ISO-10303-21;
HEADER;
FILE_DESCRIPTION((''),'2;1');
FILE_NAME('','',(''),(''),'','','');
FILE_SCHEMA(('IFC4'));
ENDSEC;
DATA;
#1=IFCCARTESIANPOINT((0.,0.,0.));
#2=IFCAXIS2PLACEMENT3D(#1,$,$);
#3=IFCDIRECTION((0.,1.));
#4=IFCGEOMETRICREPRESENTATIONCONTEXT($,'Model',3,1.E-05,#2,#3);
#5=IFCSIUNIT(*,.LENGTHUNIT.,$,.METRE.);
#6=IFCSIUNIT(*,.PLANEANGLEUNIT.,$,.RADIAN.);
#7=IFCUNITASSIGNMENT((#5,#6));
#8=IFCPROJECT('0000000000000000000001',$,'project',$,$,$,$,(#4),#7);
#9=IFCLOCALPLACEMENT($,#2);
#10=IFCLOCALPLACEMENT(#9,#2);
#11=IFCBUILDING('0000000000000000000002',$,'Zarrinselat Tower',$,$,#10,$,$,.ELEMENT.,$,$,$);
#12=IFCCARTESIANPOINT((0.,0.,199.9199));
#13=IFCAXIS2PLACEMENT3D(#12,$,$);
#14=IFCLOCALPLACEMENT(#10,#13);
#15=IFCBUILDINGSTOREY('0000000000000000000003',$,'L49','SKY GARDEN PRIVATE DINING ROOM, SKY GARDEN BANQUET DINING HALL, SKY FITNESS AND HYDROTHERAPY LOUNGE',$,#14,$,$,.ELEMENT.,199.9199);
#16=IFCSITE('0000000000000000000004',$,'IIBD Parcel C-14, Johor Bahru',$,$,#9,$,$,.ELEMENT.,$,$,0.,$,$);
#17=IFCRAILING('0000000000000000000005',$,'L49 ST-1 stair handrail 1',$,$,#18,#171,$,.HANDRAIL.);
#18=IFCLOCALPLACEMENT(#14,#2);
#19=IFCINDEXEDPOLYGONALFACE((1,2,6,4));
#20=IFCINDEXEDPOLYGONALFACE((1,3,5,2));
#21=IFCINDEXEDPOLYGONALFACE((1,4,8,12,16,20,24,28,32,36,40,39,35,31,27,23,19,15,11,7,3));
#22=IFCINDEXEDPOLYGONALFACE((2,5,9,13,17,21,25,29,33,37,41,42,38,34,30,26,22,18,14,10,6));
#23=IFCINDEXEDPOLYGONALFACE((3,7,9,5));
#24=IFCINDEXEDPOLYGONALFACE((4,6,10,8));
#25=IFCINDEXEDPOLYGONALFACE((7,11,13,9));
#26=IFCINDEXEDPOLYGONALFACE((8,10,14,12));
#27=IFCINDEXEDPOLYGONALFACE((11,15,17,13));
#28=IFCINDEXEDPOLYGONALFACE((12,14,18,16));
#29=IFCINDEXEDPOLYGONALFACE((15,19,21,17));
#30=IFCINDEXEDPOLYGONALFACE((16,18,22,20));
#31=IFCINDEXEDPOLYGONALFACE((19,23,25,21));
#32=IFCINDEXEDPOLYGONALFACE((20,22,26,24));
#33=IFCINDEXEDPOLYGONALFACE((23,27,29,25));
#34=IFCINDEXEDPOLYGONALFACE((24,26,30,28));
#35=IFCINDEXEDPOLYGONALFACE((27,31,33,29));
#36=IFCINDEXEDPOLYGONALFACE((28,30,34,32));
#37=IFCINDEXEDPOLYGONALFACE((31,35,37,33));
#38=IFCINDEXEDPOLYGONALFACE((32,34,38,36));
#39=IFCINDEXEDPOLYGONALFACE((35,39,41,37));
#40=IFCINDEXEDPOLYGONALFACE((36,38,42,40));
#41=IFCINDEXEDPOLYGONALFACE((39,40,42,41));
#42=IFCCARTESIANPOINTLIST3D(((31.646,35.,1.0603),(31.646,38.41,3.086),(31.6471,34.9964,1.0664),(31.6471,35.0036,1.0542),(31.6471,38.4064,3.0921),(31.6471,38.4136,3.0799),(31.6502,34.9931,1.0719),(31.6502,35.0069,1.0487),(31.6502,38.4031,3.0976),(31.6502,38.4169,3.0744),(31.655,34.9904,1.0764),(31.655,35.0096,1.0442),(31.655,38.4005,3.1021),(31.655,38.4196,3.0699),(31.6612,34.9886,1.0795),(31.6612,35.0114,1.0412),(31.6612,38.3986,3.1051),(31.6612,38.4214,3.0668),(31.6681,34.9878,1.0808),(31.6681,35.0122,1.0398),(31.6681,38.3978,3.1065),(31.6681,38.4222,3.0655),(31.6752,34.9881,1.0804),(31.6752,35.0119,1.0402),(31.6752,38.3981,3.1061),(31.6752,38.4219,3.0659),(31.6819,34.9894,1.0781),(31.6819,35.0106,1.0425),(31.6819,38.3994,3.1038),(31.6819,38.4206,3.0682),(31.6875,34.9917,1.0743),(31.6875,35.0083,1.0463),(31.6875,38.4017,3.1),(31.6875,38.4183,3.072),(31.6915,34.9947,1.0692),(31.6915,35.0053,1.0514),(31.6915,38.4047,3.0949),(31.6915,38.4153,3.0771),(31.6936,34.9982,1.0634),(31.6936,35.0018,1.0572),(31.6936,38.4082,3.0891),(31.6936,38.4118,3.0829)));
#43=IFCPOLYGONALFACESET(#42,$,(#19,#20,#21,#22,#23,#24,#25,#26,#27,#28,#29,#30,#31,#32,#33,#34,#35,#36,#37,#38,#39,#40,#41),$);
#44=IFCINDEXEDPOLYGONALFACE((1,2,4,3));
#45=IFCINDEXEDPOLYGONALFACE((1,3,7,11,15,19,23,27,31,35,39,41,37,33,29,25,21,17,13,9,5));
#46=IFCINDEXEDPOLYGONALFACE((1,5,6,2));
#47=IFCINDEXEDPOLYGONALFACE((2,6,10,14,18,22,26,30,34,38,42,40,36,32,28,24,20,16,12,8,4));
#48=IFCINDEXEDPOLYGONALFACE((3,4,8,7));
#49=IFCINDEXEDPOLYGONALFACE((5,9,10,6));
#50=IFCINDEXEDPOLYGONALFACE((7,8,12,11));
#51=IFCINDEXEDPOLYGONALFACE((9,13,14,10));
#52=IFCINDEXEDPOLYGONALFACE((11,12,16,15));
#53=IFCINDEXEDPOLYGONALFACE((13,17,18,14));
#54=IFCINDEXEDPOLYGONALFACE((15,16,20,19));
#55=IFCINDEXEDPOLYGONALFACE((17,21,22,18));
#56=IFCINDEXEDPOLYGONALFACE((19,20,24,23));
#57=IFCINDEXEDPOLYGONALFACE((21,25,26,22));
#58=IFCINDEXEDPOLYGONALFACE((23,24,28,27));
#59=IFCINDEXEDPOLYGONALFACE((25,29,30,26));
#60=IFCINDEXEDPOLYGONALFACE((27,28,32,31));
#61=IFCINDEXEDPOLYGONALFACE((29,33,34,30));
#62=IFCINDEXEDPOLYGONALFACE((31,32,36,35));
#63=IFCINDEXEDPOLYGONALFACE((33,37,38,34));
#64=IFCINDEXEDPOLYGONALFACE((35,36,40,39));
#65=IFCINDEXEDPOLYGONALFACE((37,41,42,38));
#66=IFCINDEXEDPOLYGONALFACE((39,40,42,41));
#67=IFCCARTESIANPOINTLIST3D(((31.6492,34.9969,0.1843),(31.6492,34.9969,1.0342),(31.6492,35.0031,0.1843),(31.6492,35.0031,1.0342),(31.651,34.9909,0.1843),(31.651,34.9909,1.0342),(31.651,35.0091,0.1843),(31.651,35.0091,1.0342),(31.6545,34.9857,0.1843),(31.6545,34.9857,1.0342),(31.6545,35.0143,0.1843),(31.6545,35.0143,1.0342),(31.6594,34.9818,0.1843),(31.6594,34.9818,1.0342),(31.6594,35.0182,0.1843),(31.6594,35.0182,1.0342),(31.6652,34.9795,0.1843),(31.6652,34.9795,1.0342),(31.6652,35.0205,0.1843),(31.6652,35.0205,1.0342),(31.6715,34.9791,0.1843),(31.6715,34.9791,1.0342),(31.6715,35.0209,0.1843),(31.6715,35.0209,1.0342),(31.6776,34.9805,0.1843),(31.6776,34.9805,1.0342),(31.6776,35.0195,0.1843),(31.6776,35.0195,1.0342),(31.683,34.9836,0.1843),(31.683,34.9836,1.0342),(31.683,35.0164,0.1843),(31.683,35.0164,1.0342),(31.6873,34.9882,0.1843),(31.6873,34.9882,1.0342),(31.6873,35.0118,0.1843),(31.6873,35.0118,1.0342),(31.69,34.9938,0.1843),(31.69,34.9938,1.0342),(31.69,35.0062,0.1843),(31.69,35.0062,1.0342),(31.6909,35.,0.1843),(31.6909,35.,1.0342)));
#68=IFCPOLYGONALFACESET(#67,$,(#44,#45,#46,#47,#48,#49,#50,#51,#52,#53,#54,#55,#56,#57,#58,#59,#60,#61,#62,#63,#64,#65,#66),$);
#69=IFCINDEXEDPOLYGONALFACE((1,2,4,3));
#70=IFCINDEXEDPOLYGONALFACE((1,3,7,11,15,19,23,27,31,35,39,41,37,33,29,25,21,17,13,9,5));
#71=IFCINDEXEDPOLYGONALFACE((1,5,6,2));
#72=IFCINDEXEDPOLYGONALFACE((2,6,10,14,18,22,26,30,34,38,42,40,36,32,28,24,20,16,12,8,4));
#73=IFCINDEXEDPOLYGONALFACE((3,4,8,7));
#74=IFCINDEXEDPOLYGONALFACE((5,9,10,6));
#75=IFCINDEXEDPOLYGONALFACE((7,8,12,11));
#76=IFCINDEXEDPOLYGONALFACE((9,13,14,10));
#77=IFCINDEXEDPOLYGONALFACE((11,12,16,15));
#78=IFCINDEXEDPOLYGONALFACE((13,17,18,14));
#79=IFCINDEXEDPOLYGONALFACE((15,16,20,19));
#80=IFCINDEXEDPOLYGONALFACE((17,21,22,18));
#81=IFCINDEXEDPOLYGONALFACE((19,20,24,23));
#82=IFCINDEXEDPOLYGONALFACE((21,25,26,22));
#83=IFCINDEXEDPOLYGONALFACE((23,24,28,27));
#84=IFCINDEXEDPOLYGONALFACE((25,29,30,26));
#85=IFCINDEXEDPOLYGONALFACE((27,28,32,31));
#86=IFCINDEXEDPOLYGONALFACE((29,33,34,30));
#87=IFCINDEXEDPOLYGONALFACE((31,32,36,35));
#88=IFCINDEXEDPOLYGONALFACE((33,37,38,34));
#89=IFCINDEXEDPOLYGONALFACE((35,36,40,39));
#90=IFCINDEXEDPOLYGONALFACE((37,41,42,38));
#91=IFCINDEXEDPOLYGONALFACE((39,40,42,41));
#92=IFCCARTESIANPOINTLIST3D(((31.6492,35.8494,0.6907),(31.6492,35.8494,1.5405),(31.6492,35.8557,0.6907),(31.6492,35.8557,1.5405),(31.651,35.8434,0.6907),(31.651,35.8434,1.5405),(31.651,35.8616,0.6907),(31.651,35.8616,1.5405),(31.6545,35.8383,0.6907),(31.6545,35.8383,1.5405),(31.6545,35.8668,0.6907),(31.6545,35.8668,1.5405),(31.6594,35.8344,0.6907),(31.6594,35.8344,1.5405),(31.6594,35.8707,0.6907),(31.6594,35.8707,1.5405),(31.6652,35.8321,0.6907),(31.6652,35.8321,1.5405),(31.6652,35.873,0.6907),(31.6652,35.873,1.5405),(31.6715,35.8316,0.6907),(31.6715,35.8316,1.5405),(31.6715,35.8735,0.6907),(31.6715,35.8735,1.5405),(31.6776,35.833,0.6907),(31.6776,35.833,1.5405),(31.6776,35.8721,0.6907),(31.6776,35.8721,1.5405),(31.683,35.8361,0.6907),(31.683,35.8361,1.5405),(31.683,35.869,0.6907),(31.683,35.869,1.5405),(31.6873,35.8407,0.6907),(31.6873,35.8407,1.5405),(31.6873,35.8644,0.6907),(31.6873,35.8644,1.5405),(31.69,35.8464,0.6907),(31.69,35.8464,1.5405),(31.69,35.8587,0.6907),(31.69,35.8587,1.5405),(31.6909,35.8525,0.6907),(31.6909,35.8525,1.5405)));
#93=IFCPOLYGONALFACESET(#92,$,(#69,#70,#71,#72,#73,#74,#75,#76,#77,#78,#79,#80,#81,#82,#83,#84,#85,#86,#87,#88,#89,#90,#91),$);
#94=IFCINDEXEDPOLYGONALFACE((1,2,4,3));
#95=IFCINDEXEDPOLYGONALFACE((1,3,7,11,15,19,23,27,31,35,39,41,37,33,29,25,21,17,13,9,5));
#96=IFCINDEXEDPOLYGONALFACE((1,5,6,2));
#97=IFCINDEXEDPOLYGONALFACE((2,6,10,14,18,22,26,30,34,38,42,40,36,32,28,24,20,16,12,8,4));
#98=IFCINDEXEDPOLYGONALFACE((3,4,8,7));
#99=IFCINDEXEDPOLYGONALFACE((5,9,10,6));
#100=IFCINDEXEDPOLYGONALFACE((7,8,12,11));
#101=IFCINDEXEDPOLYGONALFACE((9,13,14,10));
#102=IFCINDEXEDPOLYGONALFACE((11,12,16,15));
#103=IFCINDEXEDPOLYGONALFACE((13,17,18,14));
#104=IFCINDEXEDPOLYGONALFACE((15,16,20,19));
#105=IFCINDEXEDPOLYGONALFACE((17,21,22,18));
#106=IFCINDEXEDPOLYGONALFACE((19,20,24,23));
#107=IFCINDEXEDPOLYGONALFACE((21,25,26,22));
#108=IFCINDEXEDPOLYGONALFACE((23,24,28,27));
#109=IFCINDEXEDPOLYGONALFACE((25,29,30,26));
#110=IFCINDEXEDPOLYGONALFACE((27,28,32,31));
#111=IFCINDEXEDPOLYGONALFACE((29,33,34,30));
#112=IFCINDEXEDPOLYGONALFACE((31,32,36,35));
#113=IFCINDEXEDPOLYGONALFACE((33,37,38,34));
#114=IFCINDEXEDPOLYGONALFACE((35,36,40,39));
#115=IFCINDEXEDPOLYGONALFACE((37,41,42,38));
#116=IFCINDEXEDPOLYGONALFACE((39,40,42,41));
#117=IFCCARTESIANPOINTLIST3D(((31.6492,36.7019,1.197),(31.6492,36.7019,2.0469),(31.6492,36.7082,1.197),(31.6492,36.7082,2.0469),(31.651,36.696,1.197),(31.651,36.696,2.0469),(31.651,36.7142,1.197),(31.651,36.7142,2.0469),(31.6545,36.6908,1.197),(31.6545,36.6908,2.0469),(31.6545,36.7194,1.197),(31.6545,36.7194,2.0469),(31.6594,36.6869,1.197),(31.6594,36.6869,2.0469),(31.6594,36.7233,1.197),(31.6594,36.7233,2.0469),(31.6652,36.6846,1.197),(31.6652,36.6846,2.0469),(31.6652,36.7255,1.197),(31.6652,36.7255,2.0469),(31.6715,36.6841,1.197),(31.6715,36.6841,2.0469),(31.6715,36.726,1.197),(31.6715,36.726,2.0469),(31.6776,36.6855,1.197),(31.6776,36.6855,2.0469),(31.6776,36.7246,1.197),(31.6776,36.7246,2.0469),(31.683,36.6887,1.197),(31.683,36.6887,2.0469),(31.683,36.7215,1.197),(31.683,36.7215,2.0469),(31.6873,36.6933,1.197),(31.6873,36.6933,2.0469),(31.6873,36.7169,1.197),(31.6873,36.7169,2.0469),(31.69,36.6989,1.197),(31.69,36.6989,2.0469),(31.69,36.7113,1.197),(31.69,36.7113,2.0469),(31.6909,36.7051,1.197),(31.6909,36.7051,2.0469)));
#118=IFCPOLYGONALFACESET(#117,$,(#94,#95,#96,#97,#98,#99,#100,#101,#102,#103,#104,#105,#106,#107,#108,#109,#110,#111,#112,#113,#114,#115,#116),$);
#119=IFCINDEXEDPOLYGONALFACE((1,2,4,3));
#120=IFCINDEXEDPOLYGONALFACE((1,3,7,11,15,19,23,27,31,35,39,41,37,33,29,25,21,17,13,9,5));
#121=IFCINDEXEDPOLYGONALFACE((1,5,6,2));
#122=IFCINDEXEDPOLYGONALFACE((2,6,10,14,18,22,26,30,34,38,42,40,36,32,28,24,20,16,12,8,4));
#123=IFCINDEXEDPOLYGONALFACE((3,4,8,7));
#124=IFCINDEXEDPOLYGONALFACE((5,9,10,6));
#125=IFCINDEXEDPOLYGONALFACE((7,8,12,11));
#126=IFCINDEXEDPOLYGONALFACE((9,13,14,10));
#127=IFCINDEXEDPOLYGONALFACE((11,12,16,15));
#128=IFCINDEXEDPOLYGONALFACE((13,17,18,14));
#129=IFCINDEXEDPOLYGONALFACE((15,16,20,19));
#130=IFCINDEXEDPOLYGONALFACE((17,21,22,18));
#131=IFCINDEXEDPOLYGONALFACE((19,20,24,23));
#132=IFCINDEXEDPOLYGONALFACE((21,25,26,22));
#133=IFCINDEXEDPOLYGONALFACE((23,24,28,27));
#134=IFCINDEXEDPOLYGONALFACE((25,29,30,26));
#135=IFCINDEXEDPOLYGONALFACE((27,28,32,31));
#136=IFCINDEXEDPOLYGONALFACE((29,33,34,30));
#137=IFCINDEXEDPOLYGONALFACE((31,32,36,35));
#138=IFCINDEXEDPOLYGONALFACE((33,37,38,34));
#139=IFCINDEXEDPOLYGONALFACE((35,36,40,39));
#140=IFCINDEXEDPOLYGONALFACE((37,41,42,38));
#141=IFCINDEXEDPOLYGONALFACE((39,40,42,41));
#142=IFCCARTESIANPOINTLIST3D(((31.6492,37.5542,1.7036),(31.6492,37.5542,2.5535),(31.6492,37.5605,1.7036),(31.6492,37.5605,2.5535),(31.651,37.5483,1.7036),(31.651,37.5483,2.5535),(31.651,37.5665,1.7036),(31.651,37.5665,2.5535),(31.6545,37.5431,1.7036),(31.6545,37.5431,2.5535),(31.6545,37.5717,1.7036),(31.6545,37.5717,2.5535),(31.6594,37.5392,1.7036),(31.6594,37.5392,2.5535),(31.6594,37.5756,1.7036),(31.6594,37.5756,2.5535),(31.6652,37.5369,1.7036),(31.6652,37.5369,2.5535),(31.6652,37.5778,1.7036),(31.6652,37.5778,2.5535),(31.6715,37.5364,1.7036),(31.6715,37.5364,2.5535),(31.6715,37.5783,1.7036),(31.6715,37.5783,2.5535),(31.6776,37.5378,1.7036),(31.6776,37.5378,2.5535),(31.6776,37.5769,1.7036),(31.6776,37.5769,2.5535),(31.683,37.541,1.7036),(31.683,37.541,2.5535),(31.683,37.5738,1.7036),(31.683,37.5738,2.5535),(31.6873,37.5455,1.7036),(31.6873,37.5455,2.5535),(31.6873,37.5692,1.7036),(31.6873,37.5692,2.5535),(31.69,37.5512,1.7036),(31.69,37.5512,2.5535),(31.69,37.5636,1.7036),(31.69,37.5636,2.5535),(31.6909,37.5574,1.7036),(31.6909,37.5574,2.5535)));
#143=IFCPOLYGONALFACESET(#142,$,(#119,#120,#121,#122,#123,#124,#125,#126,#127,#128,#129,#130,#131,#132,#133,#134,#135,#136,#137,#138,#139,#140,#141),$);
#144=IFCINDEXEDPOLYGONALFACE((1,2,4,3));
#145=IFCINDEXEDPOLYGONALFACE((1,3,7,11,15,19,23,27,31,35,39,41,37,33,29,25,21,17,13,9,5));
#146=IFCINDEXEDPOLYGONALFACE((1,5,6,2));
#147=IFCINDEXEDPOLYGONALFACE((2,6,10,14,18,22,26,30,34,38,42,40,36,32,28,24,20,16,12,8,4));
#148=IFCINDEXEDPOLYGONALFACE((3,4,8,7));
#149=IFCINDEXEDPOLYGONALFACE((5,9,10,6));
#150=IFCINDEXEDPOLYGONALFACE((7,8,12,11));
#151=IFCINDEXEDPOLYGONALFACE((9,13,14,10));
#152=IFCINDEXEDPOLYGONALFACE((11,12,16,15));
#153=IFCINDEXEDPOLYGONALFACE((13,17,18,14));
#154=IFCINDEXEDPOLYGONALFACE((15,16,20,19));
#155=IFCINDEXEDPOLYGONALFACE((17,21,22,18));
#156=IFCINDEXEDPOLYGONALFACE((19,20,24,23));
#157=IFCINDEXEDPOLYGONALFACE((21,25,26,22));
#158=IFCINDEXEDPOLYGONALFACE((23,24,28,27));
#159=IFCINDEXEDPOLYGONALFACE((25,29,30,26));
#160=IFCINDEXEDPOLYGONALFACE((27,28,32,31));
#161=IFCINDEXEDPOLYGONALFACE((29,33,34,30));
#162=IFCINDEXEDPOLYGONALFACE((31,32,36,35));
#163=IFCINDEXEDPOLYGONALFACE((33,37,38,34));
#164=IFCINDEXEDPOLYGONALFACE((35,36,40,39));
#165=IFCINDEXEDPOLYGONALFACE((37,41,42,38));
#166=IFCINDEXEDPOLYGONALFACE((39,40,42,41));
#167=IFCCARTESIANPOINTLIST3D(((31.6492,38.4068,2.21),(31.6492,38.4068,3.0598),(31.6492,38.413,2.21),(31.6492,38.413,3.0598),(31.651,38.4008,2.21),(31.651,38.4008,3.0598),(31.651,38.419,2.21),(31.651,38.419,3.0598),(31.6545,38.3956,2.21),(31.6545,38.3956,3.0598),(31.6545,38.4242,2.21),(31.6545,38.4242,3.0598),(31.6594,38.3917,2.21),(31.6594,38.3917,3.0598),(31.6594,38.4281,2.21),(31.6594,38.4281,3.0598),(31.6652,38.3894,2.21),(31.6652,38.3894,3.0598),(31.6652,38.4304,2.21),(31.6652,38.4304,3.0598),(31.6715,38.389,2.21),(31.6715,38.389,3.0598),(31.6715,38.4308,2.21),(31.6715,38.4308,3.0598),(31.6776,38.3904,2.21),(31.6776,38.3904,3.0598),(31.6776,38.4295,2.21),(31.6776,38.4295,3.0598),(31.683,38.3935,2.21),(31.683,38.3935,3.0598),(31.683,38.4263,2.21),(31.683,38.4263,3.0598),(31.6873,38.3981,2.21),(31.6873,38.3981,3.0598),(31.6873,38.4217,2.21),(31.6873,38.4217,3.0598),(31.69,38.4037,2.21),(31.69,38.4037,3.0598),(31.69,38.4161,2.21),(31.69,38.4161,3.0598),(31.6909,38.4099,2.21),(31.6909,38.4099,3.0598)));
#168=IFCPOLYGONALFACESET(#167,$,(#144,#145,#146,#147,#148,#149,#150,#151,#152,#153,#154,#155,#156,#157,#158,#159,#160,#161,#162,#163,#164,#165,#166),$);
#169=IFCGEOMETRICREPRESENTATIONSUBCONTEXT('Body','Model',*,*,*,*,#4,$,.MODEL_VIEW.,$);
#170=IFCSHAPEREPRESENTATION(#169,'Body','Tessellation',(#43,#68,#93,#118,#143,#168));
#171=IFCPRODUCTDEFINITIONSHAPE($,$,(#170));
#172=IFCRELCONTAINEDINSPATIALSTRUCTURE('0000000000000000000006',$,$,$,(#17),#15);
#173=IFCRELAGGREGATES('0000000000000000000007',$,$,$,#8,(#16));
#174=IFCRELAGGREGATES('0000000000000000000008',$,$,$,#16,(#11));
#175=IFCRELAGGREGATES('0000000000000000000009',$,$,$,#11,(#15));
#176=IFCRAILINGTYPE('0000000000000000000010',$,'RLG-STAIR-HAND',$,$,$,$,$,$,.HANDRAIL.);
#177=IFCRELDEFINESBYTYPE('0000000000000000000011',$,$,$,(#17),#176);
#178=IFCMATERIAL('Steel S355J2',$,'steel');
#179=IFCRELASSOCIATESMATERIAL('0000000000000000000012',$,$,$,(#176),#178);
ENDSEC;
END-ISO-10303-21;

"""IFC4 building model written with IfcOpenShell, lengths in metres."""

from ifc_helpers import new_model, si_unit, direction, frame, origin, origin_2d, place, context, subcontext, project, spatial, circle, extrude, material, type_object, element, save


model = new_model("IFC4")

# Units and contexts
model_context = context("Model", 3, precision=1e-05, world=origin(), true_north=direction((0.0, 1.0)))
body_context = subcontext(model_context, "Body", "Model", "MODEL_VIEW")
ifc_project = project(units=[si_unit("LENGTHUNIT", "METRE"), si_unit("PLANEANGLEUNIT", "RADIAN")], contexts=[model_context])

# Site, building, storey
site_placement = place(None, origin())
site = spatial("IfcSite", under=ifc_project, at=site_placement, Name="IIBD Parcel C-14, Johor Bahru", CompositionType="ELEMENT", RefElevation=0.0)
building_placement = place(site_placement, origin())
building = spatial("IfcBuilding", under=site, at=building_placement, Name="Zarrinselat Tower", CompositionType="ELEMENT")
storey_placement = place(building_placement, frame((0.0, 0.0, 199.9199)))
storey = spatial("IfcBuildingStorey", under=building, at=storey_placement, Name="L49", Description="SKY GARDEN PRIVATE DINING ROOM, SKY GARDEN BANQUET DINING HALL, SKY FITNESS AND HYDROTHERAPY LOUNGE", CompositionType="ELEMENT", Elevation=199.9199)

# Railing
ifc_material_1 = material(Name="Steel S355J2", Category="steel")
railing_type_1 = type_object("IfcRailingType", Name="RLG-STAIR-HAND", PredefinedType="HANDRAIL", material=ifc_material_1)
railing_1_placement = place(storey_placement, frame((31.6699, 35.0, 0.1843)))
element("IfcRailing", 1, at=railing_1_placement, inside=storey, type_object=railing_type_1, Name="L49 ST-1 stair handrail 1", PredefinedType="HANDRAIL", context=body_context, shape_type="SweptSolid", body=[
    extrude(circle(Radius=0.0239, at=origin_2d()), frame((0.0, 0.0, 0.876), z_axis=(0.0, 0.859744, 0.510725), x_axis=(-1.0, 0.0, 0.0)), (0.0, 0.0, 1.0), 3.9663),
    extrude(circle(Radius=0.021, at=origin_2d()), origin(), (0.0, 0.0, 1.0), 0.8499),
    extrude(circle(Radius=0.021, at=origin_2d()), frame((0.0, 0.8525, 0.5063)), (0.0, 0.0, 1.0), 0.8499),
    extrude(circle(Radius=0.021, at=origin_2d()), frame((0.0, 1.7051, 1.0127)), (0.0, 0.0, 1.0), 0.8499),
    extrude(circle(Radius=0.021, at=origin_2d()), frame((0.0, 2.5574, 1.5193)), (0.0, 0.0, 1.0), 0.8499),
    extrude(circle(Radius=0.021, at=origin_2d()), frame((0.0, 3.4099, 2.0256)), (0.0, 0.0, 1.0), 0.8499),
])

save(model, "model.ifc")
